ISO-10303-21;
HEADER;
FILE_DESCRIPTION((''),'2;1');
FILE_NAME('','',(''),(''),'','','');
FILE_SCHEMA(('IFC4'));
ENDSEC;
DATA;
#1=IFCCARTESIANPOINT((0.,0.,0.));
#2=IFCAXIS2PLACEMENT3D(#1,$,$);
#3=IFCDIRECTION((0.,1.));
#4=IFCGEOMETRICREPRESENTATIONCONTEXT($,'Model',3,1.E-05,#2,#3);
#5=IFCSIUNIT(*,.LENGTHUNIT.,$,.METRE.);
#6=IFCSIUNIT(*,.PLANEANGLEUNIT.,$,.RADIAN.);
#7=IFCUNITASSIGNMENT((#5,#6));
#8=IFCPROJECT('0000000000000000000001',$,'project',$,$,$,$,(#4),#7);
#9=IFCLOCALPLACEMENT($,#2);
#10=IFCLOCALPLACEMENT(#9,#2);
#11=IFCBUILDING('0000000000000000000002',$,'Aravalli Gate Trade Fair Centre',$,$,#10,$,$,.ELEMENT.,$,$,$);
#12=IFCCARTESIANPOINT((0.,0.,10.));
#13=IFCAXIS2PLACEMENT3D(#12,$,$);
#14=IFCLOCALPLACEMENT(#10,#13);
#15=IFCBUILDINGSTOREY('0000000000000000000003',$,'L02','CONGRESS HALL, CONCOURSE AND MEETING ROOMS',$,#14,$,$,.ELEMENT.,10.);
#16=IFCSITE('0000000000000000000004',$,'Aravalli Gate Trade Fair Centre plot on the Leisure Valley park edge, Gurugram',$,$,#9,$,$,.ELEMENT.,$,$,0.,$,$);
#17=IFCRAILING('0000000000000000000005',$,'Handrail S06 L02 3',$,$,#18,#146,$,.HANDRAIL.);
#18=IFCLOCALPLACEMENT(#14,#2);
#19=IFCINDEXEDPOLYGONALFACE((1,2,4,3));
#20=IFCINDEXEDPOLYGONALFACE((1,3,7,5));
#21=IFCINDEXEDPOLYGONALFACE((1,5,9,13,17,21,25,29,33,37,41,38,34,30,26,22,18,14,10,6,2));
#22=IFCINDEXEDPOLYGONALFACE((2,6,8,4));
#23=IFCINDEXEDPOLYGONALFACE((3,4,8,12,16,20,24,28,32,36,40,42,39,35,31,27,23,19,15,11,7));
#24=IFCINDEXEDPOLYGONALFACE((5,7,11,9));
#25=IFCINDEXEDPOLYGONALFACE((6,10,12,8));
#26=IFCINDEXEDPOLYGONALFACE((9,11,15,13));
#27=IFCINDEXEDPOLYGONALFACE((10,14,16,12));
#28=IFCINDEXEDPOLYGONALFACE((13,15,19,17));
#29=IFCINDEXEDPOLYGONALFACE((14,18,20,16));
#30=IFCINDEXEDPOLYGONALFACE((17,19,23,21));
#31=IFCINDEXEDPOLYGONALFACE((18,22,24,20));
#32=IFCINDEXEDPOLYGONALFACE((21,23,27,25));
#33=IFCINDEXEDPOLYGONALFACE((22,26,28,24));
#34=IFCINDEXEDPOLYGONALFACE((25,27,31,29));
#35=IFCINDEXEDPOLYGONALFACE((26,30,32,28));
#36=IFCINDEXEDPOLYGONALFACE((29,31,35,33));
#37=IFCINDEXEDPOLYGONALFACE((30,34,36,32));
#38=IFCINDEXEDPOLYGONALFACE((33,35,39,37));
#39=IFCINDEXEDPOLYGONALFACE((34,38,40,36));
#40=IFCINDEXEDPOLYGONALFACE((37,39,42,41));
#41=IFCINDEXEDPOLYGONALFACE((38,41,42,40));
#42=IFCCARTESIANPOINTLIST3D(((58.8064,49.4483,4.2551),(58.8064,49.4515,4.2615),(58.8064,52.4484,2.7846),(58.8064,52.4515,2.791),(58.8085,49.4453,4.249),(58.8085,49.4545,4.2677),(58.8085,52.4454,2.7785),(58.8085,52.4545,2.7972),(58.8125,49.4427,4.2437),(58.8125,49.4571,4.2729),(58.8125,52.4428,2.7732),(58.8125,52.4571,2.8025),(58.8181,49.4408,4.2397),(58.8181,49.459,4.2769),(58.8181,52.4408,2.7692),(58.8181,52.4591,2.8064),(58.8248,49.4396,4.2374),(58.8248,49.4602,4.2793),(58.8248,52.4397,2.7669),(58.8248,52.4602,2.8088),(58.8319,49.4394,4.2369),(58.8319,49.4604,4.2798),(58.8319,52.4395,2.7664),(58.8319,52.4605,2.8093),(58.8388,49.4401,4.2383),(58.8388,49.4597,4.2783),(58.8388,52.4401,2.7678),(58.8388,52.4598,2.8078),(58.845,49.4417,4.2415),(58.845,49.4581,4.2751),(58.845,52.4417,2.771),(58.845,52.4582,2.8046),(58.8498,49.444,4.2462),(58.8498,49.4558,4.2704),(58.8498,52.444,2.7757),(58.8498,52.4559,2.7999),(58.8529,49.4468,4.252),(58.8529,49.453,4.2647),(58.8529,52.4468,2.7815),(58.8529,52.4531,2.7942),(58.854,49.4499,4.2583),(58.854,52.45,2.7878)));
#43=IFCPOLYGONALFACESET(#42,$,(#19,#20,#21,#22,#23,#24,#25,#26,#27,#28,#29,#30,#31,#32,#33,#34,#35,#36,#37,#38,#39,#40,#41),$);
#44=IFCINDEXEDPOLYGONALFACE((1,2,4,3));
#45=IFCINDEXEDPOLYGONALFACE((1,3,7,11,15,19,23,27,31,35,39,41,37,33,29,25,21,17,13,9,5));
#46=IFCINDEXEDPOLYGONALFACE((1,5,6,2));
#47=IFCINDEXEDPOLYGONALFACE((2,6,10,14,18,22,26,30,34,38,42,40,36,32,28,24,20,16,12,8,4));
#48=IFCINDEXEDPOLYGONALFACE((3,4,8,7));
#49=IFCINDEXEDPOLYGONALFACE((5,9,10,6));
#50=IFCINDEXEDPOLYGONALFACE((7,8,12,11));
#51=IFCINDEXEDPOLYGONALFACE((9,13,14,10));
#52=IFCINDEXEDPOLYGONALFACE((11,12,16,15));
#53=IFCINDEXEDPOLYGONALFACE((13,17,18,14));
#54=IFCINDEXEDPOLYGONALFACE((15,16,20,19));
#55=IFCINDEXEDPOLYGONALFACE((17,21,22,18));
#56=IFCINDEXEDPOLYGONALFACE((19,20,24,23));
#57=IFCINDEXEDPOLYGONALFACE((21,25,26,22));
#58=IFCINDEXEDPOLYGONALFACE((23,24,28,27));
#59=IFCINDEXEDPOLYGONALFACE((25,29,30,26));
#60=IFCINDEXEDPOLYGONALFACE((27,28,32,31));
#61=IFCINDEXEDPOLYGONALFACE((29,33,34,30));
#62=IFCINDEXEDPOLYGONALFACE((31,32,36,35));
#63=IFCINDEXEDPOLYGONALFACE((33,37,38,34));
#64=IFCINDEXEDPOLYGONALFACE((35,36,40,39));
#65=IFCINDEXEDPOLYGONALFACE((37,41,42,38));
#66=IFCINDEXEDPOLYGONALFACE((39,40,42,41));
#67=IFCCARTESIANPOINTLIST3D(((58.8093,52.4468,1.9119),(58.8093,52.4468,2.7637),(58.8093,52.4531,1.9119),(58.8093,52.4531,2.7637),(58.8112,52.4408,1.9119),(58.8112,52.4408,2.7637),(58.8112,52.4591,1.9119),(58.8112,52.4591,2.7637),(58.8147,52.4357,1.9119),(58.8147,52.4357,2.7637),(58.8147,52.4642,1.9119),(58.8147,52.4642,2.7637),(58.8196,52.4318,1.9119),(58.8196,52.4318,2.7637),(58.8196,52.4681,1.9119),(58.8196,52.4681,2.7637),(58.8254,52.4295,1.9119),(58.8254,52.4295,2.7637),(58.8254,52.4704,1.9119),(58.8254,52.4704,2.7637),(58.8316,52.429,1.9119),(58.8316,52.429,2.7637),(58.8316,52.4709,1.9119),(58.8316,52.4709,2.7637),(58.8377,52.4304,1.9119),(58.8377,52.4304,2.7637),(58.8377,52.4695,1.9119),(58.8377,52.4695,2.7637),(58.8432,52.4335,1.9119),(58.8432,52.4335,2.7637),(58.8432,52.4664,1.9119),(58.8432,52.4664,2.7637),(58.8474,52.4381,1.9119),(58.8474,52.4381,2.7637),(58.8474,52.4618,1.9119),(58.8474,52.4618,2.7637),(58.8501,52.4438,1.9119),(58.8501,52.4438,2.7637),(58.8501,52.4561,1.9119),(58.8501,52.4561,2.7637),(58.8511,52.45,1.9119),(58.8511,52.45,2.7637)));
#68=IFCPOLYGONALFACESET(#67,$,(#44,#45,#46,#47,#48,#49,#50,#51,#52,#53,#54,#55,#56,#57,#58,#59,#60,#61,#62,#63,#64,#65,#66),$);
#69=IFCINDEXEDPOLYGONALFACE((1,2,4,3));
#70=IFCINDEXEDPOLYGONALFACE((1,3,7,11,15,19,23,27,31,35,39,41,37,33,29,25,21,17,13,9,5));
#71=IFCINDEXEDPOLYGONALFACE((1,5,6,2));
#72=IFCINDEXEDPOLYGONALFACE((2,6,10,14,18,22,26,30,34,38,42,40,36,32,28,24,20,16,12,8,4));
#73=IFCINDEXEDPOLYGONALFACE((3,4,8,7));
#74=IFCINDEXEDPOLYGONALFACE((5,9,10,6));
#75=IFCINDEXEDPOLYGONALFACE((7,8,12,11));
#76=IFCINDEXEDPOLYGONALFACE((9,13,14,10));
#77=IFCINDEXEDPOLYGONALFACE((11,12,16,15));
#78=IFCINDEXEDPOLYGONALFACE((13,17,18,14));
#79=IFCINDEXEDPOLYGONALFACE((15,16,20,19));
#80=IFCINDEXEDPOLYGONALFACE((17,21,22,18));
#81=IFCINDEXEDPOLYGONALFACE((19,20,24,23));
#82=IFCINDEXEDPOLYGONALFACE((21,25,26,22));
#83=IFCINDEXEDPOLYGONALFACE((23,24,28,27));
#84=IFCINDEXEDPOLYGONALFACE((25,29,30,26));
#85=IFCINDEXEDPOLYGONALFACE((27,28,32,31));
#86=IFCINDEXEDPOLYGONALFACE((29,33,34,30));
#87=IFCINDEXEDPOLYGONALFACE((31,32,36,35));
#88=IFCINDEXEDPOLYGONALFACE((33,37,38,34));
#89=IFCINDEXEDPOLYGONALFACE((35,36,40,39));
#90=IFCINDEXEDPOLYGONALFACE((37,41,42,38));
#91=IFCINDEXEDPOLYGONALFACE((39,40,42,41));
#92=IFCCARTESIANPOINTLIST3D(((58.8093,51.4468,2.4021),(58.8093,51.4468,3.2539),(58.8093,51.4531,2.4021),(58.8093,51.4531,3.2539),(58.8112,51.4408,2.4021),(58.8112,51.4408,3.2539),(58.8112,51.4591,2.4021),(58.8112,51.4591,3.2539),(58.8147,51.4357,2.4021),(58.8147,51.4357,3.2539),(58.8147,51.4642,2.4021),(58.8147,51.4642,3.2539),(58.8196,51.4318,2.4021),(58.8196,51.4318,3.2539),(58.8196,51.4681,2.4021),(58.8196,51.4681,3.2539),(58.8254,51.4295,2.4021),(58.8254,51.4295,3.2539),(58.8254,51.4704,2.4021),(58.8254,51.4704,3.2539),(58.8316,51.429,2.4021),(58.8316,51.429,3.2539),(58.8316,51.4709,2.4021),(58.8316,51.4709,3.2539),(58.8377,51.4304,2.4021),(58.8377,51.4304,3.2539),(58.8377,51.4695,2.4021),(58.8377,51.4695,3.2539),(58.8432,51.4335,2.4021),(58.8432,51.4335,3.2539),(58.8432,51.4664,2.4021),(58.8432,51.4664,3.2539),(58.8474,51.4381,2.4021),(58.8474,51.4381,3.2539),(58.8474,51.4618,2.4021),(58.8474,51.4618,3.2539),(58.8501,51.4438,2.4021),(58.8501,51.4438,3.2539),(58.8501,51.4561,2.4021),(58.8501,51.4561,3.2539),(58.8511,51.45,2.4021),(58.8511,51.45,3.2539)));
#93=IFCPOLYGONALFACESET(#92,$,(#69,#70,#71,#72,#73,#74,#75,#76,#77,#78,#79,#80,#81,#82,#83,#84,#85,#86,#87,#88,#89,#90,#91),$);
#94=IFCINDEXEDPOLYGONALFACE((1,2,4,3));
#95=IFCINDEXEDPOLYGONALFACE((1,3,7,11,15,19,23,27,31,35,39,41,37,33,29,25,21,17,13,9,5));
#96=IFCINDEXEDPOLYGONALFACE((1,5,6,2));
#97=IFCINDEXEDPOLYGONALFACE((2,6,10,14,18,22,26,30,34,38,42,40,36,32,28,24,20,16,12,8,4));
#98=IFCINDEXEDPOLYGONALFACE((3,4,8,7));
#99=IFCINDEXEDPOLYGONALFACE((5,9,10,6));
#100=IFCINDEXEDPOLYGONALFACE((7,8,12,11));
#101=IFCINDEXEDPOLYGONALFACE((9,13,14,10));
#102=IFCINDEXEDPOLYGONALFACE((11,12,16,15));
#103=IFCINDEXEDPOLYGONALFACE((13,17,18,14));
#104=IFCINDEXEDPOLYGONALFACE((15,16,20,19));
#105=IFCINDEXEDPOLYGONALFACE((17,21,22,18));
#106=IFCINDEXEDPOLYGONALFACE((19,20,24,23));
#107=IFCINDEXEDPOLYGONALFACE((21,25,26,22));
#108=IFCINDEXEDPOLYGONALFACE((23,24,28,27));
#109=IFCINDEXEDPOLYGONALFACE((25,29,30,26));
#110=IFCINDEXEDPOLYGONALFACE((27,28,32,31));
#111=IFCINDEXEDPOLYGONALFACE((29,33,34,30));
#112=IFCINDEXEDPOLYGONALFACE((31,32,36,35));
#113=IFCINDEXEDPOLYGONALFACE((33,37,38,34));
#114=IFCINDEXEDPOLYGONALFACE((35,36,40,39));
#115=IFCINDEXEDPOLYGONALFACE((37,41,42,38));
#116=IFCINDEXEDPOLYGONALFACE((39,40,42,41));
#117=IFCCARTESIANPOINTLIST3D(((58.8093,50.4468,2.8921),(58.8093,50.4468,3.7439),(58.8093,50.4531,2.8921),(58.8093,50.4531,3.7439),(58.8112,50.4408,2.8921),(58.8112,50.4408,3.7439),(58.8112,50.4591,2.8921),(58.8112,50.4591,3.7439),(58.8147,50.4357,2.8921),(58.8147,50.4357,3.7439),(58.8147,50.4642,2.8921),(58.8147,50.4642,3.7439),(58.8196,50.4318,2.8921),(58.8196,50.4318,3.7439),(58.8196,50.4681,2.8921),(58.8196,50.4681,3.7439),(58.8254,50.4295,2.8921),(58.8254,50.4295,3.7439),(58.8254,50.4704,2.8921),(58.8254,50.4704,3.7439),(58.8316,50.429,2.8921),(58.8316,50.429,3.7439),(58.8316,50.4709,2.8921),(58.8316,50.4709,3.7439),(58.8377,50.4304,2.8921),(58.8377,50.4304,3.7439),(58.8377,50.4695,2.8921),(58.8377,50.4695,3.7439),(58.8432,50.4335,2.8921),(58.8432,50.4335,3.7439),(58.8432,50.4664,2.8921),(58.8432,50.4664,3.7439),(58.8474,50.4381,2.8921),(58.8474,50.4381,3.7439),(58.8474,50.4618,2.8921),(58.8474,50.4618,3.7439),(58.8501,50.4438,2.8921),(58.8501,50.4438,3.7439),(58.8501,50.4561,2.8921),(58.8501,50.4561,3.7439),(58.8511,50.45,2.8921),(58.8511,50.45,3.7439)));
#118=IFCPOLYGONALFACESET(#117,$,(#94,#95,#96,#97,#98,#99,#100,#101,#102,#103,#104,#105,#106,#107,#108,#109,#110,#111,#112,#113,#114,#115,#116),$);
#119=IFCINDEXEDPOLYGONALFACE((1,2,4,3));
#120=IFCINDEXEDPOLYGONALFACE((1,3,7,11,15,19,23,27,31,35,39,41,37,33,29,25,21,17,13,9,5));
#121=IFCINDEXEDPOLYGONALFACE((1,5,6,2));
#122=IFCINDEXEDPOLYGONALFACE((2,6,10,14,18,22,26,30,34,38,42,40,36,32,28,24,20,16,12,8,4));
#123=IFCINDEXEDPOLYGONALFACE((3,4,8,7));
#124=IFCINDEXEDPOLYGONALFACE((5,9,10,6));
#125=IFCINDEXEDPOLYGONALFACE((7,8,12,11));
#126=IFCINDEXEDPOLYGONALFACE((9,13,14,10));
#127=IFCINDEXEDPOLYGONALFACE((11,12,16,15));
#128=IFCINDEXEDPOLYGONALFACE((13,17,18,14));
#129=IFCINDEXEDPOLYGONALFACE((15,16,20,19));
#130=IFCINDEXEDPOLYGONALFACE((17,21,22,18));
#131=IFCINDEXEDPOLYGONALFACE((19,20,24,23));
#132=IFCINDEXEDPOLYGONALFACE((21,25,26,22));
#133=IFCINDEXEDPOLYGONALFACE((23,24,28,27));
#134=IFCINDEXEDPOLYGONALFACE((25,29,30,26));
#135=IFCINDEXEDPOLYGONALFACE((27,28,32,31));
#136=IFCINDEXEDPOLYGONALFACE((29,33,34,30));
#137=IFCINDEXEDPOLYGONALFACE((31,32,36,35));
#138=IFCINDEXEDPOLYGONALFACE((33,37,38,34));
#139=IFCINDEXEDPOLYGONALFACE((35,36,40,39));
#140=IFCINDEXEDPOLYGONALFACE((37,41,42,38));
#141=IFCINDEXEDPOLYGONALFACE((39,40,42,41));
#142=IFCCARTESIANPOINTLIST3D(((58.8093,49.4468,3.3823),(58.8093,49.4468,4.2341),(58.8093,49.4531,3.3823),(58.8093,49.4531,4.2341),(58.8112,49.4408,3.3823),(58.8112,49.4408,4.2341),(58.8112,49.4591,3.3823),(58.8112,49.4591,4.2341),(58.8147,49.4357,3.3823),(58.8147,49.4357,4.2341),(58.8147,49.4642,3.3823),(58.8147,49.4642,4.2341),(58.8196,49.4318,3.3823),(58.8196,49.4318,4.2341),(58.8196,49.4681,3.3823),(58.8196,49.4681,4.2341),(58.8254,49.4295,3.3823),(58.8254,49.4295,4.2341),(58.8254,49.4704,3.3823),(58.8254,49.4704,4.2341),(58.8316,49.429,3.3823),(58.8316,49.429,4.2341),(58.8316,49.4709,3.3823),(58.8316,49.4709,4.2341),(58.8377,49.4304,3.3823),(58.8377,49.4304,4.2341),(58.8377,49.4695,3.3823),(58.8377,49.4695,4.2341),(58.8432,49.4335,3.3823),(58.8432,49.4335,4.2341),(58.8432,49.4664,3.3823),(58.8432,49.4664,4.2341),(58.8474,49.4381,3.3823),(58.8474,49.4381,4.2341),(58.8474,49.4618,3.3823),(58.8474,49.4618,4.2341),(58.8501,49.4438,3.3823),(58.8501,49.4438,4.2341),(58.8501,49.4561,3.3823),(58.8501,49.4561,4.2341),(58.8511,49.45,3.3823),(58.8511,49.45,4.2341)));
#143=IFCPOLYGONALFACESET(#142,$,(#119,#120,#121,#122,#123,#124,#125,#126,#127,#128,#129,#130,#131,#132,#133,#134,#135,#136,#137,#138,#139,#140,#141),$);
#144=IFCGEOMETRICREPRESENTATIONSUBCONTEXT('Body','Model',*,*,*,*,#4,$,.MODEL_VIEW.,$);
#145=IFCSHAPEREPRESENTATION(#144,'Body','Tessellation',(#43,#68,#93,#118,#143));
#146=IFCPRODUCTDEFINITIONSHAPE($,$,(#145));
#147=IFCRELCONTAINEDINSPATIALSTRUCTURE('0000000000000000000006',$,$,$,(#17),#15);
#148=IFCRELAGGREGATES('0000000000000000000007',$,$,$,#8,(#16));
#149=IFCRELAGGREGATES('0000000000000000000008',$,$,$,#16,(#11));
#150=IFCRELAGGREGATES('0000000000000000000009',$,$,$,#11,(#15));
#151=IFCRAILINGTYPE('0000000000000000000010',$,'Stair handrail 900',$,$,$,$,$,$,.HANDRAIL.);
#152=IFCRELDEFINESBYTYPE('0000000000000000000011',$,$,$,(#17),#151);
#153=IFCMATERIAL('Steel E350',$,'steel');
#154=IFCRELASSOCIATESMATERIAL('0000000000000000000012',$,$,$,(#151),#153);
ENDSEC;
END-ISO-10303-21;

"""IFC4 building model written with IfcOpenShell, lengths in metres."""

from ifc_helpers import new_model, si_unit, direction, frame, origin, origin_2d, place, context, subcontext, project, spatial, circle, extrude, material, type_object, element, save


model = new_model("IFC4")

# Units and contexts
model_context = context("Model", 3, precision=1e-05, world=origin(), true_north=direction((0.0, 1.0)))
body_context = subcontext(model_context, "Body", "Model", "MODEL_VIEW")
ifc_project = project(units=[si_unit("LENGTHUNIT", "METRE"), si_unit("PLANEANGLEUNIT", "RADIAN")], contexts=[model_context])

# Site, building, storey
site_placement = place(None, origin())
site = spatial("IfcSite", under=ifc_project, at=site_placement, Name="Aravalli Gate Trade Fair Centre plot on the Leisure Valley park edge, Gurugram", CompositionType="ELEMENT", RefElevation=0.0)
building_placement = place(site_placement, origin())
building = spatial("IfcBuilding", under=site, at=building_placement, Name="Aravalli Gate Trade Fair Centre", CompositionType="ELEMENT")
storey_placement = place(building_placement, frame((0.0, 0.0, 10.0)))
storey = spatial("IfcBuildingStorey", under=building, at=storey_placement, Name="L02", Description="CONGRESS HALL, CONCOURSE AND MEETING ROOMS", CompositionType="ELEMENT", Elevation=10.0)

# Shared definitions
ifc_material_1 = material(Name="Steel E350", Category="steel")

# Railing
railing_type_1 = type_object("IfcRailingType", Name="Stair handrail 900", PredefinedType="HANDRAIL", material=ifc_material_1)
for number, where, name in (
    (1, (58.8301, 52.45, 1.9119), "Handrail S06 L02 3"),
):
    element("IfcRailing", number, at=place(storey_placement, frame(where)), inside=storey, type_object=railing_type_1, Name=name, PredefinedType="HANDRAIL", context=body_context, shape_type="SweptSolid", body=[
        extrude(circle(Radius=0.0239, at=origin_2d()), frame((0.0, 0.0, 0.876), z_axis=(0.0, -0.897936, 0.440126), x_axis=(1.0, 0.0, 0.0)), (0.0, 0.0, 1.0), 3.3411),
        extrude(circle(Radius=0.021, at=origin_2d()), origin(), (0.0, 0.0, 1.0), 0.8518),
        extrude(circle(Radius=0.021, at=origin_2d()), frame((0.0, -1.0, 0.4902)), (0.0, 0.0, 1.0), 0.8518),
        extrude(circle(Radius=0.021, at=origin_2d()), frame((0.0, -2.0, 0.9802)), (0.0, 0.0, 1.0), 0.8518),
        extrude(circle(Radius=0.021, at=origin_2d()), frame((0.0, -3.0, 1.4705)), (0.0, 0.0, 1.0), 0.8518),
    ])

save(model, "model.ifc")
